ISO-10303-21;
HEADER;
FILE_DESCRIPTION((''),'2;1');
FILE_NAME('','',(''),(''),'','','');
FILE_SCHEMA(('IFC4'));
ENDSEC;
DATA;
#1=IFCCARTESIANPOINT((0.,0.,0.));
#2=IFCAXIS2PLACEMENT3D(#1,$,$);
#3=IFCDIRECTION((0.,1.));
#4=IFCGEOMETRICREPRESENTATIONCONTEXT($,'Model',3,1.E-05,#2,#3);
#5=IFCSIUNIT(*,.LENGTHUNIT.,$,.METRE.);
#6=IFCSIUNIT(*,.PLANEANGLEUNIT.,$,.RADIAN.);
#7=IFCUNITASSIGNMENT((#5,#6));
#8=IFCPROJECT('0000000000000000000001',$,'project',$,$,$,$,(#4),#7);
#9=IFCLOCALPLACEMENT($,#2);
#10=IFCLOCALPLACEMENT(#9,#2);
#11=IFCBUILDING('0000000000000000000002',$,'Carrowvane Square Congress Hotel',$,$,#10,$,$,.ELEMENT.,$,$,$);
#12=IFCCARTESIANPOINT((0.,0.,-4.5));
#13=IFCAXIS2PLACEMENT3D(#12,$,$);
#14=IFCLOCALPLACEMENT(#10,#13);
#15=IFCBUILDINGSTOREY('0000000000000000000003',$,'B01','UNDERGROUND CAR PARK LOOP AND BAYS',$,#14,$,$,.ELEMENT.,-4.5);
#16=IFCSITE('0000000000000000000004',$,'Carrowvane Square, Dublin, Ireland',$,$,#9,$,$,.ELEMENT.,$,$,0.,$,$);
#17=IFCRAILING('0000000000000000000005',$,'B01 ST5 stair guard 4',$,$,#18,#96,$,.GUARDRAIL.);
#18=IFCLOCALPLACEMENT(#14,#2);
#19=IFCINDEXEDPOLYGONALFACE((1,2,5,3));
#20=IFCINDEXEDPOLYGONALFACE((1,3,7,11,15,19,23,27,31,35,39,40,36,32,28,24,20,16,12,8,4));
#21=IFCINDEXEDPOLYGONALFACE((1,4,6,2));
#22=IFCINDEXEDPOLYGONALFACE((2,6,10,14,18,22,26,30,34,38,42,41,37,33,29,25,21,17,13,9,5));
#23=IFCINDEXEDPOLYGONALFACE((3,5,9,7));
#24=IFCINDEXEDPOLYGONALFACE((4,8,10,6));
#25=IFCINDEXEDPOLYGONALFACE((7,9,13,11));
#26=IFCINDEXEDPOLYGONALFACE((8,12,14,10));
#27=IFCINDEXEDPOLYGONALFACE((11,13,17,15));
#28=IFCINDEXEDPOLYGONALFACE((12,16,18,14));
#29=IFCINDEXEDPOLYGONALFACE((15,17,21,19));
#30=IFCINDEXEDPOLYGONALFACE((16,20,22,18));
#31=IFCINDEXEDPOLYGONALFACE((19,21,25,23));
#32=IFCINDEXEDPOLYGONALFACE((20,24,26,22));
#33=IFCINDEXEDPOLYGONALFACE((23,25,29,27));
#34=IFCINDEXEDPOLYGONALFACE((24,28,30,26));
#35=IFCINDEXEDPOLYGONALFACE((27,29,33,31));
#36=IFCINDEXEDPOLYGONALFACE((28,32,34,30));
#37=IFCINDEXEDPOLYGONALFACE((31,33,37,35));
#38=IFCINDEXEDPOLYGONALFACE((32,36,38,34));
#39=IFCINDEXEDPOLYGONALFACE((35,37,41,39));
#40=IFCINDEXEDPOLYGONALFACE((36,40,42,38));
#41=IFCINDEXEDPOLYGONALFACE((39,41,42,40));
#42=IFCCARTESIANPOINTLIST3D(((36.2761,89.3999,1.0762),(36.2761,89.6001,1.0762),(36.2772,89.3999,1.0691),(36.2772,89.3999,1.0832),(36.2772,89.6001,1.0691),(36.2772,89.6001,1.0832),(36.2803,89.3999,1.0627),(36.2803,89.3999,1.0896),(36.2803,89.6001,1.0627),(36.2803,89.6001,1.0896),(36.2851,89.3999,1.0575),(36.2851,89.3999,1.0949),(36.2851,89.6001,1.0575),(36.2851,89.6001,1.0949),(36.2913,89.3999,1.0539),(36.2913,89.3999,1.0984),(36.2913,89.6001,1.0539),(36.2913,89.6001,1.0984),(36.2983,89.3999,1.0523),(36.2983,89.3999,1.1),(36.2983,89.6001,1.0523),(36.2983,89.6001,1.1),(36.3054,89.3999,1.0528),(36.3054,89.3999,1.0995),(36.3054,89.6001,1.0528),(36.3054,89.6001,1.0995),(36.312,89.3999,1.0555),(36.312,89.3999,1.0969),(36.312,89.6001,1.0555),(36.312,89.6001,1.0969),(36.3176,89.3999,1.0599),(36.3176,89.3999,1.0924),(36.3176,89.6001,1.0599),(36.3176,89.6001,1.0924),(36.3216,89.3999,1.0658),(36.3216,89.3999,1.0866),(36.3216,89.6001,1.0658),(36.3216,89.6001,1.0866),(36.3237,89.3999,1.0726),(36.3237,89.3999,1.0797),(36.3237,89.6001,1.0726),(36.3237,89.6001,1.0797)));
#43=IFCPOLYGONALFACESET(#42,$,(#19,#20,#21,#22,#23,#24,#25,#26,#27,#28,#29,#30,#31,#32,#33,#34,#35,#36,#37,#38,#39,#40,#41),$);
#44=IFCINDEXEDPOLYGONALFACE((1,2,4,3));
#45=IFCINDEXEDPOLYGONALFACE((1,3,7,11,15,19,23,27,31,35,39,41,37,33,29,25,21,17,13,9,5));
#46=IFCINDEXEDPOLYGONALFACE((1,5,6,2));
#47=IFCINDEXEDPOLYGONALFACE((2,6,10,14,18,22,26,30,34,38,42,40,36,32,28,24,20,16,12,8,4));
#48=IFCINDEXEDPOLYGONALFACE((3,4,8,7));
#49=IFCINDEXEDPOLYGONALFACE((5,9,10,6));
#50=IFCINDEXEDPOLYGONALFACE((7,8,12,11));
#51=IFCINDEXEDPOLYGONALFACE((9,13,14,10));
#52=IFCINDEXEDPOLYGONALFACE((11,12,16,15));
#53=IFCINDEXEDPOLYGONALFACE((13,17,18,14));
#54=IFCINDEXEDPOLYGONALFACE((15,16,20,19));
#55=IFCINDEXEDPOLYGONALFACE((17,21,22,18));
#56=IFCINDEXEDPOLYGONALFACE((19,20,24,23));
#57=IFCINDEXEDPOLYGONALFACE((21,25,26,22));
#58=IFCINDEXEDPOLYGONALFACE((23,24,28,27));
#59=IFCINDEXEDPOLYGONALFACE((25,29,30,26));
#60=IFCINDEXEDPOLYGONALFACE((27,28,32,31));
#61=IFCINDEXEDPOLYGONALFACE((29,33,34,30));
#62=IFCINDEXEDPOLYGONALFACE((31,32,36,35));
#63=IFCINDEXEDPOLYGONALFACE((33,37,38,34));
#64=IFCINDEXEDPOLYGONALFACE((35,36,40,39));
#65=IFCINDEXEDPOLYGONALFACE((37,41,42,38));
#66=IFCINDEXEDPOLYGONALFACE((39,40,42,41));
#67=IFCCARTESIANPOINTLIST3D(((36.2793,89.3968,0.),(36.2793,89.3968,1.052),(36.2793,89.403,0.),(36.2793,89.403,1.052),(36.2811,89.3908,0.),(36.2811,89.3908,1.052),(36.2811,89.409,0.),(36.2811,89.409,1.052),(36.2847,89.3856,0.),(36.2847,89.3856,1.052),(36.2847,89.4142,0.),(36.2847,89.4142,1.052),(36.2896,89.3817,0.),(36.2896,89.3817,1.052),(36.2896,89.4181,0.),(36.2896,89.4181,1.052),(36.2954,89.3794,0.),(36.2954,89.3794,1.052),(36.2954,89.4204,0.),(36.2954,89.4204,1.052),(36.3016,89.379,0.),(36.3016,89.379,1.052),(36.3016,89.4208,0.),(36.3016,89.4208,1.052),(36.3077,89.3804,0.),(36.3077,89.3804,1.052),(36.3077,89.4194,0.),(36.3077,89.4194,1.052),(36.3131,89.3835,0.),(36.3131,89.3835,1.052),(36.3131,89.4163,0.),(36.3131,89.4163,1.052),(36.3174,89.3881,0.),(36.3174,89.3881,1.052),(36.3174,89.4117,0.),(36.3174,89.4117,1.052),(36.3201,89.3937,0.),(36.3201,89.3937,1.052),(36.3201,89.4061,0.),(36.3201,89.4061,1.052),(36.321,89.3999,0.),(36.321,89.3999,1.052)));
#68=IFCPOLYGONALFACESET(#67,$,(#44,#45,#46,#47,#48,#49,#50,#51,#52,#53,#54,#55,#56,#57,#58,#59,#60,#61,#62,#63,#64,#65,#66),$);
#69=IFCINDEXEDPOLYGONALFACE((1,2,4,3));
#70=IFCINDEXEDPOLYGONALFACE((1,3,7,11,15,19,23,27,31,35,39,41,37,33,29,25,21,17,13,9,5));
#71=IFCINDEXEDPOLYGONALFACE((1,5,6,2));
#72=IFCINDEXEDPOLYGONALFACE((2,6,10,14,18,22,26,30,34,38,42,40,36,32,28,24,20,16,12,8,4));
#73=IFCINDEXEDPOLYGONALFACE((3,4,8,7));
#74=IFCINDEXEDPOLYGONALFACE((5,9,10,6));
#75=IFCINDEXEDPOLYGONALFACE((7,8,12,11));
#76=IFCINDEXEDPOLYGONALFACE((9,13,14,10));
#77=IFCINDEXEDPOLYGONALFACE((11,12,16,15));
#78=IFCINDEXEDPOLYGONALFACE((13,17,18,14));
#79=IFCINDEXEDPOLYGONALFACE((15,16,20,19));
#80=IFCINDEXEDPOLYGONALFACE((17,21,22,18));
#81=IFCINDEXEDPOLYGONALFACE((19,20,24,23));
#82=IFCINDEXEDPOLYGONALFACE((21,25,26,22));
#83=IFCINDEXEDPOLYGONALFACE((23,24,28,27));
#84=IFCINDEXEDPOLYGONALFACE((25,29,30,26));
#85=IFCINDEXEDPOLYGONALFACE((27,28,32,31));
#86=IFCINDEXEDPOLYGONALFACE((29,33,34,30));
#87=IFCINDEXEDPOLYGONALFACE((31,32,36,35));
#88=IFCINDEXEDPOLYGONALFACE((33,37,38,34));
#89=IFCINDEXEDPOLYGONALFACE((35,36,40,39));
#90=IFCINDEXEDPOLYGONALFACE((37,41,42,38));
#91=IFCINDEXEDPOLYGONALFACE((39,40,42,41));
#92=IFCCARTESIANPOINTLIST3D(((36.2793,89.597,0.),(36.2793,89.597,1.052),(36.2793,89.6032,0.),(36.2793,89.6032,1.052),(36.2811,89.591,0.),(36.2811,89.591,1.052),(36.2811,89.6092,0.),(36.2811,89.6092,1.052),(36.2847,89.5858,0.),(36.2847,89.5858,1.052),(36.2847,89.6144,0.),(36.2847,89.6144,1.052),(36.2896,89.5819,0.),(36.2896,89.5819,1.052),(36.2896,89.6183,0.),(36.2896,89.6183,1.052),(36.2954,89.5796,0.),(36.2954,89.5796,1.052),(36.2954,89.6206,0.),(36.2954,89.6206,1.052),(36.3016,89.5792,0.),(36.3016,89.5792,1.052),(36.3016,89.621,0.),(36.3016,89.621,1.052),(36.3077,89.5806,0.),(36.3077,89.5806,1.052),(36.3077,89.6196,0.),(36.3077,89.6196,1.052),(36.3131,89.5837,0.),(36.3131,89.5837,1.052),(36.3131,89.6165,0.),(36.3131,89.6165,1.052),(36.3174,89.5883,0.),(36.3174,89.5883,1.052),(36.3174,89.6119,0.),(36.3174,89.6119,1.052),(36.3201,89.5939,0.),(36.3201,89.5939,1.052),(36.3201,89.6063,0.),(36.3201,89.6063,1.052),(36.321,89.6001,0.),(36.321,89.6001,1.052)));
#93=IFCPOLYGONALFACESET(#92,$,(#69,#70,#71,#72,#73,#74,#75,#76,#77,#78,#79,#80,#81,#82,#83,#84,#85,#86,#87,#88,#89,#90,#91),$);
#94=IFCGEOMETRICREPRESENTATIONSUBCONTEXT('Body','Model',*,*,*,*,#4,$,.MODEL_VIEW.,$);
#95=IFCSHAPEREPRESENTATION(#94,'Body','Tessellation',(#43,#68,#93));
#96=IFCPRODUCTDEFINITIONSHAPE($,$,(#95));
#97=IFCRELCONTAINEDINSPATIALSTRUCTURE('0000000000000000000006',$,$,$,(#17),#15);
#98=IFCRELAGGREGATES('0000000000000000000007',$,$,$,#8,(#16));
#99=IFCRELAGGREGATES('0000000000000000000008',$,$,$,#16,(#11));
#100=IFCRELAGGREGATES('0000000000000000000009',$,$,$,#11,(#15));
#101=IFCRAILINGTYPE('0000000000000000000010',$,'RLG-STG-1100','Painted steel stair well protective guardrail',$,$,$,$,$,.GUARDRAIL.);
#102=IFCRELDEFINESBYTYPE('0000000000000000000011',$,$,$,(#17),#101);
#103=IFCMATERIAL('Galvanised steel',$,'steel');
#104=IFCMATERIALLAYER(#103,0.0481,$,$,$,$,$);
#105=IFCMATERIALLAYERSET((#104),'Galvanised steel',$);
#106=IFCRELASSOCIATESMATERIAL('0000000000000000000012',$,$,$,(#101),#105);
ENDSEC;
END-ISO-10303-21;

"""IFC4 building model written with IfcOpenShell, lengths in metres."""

from ifc_helpers import new_model, si_unit, direction, frame, origin, origin_2d, place, context, subcontext, project, spatial, circle, extrude, material, layer, layer_set, type_object, element, save


model = new_model("IFC4")

# Units and contexts
model_context = context("Model", 3, precision=1e-05, world=origin(), true_north=direction((0.0, 1.0)))
body_context = subcontext(model_context, "Body", "Model", "MODEL_VIEW")
ifc_project = project(units=[si_unit("LENGTHUNIT", "METRE"), si_unit("PLANEANGLEUNIT", "RADIAN")], contexts=[model_context])

# Site, building, storey
site_placement = place(None, origin())
site = spatial("IfcSite", under=ifc_project, at=site_placement, Name="Carrowvane Square, Dublin, Ireland", CompositionType="ELEMENT", RefElevation=0.0)
building_placement = place(site_placement, origin())
building = spatial("IfcBuilding", under=site, at=building_placement, Name="Carrowvane Square Congress Hotel", CompositionType="ELEMENT")
storey_placement = place(building_placement, frame((0.0, 0.0, -4.5)))
storey = spatial("IfcBuildingStorey", under=building, at=storey_placement, Name="B01", Description="UNDERGROUND CAR PARK LOOP AND BAYS", CompositionType="ELEMENT", Elevation=-4.5)

# Railing
ifc_material_1 = material(Name="Galvanised steel", Category="steel")
ifc_layer_1 = layer(ifc_material_1, 0.0481)
ifc_layer_set_1 = layer_set([ifc_layer_1], Name="Galvanised steel")
railing_type_1 = type_object("IfcRailingType", Name="RLG-STG-1100", Description="Painted steel stair well protective guardrail", PredefinedType="GUARDRAIL", material=ifc_layer_set_1)
railing_1_placement = place(storey_placement, frame((36.3, 89.3999, 0.0)))
element("IfcRailing", 1, at=railing_1_placement, inside=storey, type_object=railing_type_1, Name="B01 ST5 stair guard 4", PredefinedType="GUARDRAIL", context=body_context, shape_type="SweptSolid", body=[
    extrude(circle(Radius=0.0239, at=origin_2d()), frame((0.0, 0.0, 1.0762), z_axis=(0.0, 1.0, 0.0), x_axis=(-1.0, 0.0, 0.0)), (0.0, 0.0, 1.0), 0.2002),
    extrude(circle(Radius=0.021, at=origin_2d()), origin(), (0.0, 0.0, 1.0), 1.052),
    extrude(circle(Radius=0.021, at=origin_2d()), frame((0.0, 0.2002, 0.0)), (0.0, 0.0, 1.0), 1.052),
])

save(model, "model.ifc")
